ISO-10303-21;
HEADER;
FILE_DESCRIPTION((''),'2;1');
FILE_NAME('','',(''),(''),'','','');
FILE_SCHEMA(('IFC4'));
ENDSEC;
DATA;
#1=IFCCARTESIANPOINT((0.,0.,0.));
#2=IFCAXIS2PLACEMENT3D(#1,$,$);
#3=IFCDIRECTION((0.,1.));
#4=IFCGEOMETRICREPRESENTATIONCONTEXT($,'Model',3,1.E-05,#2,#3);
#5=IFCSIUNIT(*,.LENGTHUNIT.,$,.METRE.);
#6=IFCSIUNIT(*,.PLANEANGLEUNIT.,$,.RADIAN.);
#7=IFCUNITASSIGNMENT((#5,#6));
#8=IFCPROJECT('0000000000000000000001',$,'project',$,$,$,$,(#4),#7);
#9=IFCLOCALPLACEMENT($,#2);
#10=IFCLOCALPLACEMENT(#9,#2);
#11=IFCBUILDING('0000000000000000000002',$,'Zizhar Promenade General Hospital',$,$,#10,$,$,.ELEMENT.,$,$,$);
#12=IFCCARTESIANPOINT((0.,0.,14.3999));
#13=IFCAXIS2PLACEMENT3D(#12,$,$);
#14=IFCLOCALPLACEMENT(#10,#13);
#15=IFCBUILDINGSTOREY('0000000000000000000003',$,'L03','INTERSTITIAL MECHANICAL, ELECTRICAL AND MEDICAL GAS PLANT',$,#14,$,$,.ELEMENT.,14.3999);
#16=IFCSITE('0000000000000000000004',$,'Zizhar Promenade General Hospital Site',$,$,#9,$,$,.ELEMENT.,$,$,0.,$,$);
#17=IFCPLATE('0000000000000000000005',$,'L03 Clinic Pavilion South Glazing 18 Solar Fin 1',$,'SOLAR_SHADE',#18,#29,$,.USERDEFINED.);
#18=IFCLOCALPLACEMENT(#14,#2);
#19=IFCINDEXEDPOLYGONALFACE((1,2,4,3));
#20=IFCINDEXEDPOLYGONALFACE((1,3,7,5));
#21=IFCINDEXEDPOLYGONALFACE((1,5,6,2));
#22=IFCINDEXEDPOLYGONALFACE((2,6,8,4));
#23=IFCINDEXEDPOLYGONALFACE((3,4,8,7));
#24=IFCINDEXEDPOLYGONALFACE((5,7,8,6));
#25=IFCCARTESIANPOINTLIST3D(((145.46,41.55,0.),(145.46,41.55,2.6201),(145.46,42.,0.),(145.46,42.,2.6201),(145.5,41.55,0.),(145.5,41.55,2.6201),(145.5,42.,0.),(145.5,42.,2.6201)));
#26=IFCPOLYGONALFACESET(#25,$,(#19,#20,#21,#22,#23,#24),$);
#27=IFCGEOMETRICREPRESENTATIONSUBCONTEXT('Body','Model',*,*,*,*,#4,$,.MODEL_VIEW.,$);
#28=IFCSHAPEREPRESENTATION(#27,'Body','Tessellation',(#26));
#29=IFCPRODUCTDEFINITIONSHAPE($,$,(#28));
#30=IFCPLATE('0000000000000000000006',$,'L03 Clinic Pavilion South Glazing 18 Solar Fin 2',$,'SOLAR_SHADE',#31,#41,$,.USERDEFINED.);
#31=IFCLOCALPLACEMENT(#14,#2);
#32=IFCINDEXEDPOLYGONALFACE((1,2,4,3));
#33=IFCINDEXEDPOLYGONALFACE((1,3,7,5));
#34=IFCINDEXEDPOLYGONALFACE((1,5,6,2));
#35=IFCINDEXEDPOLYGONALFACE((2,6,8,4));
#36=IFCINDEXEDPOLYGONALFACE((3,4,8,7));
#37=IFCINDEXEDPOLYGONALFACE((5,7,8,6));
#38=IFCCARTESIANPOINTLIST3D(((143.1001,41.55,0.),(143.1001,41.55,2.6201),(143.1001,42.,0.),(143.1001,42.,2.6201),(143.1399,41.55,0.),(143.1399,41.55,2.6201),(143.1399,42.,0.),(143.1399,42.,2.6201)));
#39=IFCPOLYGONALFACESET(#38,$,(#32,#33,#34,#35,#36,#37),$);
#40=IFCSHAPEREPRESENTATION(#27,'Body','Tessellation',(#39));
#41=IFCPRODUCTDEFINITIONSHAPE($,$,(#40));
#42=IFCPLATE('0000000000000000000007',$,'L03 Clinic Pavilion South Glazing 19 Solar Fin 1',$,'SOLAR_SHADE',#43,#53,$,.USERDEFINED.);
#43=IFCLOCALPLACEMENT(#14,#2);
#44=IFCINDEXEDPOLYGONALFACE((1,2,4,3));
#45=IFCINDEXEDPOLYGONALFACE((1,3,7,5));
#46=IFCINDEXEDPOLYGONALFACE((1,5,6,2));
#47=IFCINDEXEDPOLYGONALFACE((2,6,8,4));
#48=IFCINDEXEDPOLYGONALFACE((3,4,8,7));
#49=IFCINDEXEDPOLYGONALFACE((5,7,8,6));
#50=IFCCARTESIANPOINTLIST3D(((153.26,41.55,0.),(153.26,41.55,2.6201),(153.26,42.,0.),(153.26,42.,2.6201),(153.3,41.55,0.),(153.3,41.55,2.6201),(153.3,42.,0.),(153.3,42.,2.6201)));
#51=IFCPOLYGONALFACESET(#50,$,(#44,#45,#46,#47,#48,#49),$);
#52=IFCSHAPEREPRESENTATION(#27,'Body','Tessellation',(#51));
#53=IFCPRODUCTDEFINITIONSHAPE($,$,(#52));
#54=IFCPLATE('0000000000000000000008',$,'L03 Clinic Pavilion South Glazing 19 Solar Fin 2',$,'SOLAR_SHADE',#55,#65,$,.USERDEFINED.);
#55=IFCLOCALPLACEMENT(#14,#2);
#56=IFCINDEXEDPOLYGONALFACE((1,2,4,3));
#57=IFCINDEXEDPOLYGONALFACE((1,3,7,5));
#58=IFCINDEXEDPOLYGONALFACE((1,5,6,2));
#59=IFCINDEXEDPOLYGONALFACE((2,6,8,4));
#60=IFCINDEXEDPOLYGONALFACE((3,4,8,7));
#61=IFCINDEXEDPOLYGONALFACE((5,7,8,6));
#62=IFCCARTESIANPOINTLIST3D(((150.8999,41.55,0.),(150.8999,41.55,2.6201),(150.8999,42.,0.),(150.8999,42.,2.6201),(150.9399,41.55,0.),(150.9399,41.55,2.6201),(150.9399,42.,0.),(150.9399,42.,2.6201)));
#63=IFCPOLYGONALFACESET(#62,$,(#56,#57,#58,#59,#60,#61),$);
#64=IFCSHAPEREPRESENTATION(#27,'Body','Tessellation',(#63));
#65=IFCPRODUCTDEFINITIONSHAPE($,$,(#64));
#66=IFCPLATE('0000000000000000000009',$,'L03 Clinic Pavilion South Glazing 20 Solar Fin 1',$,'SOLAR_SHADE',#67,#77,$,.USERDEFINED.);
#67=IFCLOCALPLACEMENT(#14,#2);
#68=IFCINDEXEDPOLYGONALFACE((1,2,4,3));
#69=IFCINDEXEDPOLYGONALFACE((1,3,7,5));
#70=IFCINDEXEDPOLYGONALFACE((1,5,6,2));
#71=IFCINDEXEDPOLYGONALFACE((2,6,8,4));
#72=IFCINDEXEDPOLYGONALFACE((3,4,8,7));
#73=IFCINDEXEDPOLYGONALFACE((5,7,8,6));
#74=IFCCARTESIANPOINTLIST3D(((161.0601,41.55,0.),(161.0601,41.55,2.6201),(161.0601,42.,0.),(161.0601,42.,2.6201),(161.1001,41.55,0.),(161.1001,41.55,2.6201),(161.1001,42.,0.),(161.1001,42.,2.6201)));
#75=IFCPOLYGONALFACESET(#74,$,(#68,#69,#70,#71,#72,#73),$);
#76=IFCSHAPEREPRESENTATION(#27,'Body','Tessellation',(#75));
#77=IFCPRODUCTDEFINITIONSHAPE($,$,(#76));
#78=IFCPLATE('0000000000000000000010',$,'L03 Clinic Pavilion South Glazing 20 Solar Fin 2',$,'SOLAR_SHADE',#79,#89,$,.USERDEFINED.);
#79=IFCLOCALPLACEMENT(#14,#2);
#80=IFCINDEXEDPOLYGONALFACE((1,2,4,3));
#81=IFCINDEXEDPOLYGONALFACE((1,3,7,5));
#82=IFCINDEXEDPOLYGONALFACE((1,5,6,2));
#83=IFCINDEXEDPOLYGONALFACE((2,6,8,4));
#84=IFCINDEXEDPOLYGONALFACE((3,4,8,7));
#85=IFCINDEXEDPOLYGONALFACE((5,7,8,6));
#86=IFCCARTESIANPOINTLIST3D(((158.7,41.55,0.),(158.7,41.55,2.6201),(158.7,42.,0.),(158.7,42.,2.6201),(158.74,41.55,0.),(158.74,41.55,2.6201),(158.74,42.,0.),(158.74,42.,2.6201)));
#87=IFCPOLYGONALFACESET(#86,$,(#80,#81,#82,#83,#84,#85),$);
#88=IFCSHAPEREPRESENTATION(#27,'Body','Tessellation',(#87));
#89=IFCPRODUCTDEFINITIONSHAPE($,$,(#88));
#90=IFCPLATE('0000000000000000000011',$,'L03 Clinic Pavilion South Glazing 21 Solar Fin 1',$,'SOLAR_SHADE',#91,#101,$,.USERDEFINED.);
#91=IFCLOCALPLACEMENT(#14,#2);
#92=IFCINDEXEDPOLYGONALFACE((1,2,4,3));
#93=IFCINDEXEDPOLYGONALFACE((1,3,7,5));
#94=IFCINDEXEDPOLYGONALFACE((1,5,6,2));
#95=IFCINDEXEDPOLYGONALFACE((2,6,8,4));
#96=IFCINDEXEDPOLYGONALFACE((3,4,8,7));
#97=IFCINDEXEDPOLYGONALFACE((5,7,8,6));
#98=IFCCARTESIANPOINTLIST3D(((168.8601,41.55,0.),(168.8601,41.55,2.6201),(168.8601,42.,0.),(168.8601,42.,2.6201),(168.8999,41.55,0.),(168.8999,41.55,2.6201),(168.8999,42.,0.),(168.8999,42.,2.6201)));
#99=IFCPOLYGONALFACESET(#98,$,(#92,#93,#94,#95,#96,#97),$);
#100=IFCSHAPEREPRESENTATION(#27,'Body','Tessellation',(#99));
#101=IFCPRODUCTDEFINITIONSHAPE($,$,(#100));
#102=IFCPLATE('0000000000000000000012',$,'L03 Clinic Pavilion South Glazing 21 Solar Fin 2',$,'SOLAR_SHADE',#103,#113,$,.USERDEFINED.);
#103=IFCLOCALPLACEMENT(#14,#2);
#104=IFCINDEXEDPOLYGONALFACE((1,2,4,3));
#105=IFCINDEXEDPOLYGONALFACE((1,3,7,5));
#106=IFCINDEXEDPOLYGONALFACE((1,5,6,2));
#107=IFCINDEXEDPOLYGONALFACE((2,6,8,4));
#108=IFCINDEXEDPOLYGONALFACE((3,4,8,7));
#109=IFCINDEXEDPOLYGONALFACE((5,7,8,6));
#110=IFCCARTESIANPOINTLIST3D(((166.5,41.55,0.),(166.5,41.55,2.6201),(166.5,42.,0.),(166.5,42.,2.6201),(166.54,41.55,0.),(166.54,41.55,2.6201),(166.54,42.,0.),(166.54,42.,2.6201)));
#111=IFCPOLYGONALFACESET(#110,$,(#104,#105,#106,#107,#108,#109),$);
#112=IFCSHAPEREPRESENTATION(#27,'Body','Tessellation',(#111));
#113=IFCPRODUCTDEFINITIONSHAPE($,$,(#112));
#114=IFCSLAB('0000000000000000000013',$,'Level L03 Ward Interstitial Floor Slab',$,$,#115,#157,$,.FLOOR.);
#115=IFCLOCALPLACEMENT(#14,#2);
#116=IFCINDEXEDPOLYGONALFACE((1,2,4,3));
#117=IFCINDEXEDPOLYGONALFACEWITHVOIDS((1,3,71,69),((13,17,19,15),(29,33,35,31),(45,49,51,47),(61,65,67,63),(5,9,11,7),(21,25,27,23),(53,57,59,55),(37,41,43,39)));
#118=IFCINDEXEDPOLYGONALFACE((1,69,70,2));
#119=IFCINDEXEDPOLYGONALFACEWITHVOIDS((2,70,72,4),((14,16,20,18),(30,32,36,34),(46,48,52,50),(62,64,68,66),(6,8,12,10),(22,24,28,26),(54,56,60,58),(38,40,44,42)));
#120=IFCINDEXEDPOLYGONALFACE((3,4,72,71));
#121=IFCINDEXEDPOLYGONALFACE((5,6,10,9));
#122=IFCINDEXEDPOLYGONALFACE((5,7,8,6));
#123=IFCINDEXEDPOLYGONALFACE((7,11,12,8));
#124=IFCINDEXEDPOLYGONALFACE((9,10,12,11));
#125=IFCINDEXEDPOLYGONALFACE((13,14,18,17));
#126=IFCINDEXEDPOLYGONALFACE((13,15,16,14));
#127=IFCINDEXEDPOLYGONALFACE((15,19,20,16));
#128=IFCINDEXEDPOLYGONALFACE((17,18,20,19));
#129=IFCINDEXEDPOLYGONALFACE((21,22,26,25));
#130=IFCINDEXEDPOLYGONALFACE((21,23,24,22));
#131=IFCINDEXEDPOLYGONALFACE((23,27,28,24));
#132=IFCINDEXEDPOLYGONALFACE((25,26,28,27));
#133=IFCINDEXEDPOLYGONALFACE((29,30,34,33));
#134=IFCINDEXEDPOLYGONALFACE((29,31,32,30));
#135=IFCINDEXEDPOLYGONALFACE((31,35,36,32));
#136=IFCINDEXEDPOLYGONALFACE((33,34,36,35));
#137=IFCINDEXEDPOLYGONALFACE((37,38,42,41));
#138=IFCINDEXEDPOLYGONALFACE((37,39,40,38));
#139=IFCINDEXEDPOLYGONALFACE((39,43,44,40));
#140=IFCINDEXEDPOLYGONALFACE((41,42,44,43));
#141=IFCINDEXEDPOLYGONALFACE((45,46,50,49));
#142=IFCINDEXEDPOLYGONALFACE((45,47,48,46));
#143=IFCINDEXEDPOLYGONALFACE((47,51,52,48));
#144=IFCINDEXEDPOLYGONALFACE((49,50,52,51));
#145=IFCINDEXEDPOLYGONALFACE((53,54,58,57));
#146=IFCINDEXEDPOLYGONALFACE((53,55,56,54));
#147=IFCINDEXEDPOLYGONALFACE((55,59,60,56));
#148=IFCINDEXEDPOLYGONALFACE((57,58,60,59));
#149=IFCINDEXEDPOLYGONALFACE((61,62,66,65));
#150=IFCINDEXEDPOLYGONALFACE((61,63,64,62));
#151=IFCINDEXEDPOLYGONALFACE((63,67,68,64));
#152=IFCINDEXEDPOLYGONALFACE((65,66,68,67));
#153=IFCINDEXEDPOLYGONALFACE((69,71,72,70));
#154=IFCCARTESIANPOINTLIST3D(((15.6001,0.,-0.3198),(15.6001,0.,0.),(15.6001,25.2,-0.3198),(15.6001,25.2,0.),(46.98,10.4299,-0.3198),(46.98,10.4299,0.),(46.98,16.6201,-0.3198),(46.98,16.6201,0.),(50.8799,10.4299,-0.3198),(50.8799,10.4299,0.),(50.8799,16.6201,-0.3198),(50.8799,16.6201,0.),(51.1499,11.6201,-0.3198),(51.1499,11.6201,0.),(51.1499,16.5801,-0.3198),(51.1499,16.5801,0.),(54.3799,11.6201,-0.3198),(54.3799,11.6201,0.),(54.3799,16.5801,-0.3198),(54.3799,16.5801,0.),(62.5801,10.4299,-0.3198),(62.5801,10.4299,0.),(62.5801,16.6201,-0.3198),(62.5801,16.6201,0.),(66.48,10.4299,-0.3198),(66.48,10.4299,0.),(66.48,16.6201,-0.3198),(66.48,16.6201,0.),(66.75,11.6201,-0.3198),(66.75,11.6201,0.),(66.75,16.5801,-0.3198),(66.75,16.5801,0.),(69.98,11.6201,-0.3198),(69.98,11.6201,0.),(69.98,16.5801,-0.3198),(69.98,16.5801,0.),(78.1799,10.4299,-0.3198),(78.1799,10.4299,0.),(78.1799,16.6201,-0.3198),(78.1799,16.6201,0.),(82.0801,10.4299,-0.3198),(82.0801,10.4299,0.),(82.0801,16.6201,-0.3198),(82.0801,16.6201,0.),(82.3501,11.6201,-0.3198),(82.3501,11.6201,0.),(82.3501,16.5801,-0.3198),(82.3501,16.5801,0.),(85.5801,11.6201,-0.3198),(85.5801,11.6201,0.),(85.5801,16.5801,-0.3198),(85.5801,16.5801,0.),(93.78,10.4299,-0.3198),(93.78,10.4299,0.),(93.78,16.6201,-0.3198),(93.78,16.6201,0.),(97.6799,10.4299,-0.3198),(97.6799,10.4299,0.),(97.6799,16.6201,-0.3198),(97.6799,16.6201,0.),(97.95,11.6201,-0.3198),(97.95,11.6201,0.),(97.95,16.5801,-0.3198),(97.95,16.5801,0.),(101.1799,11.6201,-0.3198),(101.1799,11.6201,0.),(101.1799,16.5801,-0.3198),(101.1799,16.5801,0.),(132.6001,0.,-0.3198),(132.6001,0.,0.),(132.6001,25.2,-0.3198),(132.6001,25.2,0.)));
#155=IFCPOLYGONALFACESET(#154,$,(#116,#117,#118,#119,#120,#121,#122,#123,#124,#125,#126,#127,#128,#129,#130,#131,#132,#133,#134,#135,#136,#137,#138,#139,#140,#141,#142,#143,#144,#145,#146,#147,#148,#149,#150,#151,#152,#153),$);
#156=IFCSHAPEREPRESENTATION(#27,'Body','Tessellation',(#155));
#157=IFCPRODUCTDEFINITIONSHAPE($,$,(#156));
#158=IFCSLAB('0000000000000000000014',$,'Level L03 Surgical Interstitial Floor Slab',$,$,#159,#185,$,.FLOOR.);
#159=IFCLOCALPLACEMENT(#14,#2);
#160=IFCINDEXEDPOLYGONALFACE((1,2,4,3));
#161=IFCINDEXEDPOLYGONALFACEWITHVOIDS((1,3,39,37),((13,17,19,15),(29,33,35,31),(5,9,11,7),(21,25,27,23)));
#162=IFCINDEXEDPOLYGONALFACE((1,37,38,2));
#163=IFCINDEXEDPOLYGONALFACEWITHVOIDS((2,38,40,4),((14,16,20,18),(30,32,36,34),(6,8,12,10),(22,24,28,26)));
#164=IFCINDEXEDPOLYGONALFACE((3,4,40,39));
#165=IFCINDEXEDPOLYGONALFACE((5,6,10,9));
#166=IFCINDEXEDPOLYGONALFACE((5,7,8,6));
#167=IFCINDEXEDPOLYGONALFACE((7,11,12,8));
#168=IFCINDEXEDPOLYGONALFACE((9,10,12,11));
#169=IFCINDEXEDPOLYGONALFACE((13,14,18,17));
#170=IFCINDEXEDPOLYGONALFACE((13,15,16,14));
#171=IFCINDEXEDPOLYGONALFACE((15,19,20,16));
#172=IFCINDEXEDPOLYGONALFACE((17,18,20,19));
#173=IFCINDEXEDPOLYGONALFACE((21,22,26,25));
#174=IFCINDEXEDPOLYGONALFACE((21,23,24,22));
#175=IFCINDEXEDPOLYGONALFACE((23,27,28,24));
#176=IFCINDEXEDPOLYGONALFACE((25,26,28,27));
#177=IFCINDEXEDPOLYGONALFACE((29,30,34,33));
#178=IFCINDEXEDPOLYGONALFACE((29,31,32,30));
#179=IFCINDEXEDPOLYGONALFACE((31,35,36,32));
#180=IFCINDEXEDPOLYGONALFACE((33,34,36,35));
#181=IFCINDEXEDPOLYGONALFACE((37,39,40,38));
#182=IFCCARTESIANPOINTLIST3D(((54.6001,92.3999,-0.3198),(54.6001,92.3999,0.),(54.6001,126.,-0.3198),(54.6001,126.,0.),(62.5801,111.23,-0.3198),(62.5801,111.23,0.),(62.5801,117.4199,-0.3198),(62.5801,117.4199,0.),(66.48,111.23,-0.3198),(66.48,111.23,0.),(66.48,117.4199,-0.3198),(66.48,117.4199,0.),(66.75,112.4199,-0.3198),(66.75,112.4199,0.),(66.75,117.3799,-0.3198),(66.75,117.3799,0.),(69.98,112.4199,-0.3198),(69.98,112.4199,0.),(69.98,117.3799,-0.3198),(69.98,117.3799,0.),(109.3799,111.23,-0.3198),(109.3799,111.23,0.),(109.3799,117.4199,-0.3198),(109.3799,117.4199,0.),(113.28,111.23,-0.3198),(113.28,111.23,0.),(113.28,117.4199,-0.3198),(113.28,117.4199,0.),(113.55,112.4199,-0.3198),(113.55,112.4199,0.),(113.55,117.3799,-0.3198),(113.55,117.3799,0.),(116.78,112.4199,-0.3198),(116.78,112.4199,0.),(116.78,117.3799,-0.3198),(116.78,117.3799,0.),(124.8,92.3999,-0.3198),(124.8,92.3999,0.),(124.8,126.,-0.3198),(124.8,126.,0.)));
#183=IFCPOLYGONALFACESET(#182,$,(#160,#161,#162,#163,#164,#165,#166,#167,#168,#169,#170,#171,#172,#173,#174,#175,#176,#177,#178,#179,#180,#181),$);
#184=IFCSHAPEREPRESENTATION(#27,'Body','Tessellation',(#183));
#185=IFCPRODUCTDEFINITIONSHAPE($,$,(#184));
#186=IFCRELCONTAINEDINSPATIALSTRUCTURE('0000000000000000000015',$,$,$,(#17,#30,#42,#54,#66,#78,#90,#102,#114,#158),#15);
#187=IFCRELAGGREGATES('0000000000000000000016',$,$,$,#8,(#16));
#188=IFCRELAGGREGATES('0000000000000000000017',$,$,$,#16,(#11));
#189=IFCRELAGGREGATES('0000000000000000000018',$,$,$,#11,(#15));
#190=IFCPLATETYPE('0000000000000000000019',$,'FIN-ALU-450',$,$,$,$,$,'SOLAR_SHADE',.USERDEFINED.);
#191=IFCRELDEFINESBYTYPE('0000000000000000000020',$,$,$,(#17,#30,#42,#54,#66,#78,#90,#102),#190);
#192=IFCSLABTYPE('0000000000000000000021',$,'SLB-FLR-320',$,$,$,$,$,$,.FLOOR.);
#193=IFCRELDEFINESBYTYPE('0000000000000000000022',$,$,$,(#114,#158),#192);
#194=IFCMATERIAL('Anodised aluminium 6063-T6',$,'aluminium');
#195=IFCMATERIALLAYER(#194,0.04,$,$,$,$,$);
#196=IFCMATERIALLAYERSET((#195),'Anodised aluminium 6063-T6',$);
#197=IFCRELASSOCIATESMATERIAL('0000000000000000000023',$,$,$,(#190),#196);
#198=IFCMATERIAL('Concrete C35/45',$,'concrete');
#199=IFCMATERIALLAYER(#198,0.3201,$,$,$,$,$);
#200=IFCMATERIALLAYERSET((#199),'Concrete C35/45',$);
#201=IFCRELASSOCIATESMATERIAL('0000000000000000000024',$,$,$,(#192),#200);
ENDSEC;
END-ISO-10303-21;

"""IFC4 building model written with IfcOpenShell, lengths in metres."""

from ifc_helpers import new_model, si_unit, direction, frame, origin, place, context, subcontext, project, spatial, polyline, outline, extrude, material, layer, layer_set, type_object, element, save


model = new_model("IFC4")

# Units and contexts
model_context = context("Model", 3, precision=1e-05, world=origin(), true_north=direction((0.0, 1.0)))
body_context = subcontext(model_context, "Body", "Model", "MODEL_VIEW")
ifc_project = project(units=[si_unit("LENGTHUNIT", "METRE"), si_unit("PLANEANGLEUNIT", "RADIAN")], contexts=[model_context])

# Site, building, storey
site_placement = place(None, origin())
site = spatial("IfcSite", under=ifc_project, at=site_placement, Name="Zizhar Promenade General Hospital Site", CompositionType="ELEMENT", RefElevation=0.0)
building_placement = place(site_placement, origin())
building = spatial("IfcBuilding", under=site, at=building_placement, Name="Zizhar Promenade General Hospital", CompositionType="ELEMENT")
storey_placement = place(building_placement, frame((0.0, 0.0, 14.3999)))
storey = spatial("IfcBuildingStorey", under=building, at=storey_placement, Name="L03", Description="INTERSTITIAL MECHANICAL, ELECTRICAL AND MEDICAL GAS PLANT", CompositionType="ELEMENT", Elevation=14.3999)

# Plates
ifc_material_1 = material(Name="Anodised aluminium 6063-T6", Category="aluminium")
ifc_layer_1 = layer(ifc_material_1, 0.04)
ifc_layer_set_1 = layer_set([ifc_layer_1], Name="Anodised aluminium 6063-T6")
plate_type = type_object("IfcPlateType", Name="FIN-ALU-450", ElementType="SOLAR_SHADE", PredefinedType="USERDEFINED", material=ifc_layer_set_1)
plate_1_placement = place(storey_placement, origin())
element("IfcPlate", 1, at=plate_1_placement, inside=storey, type_object=plate_type, Name="L03 Clinic Pavilion South Glazing 18 Solar Fin 1", ObjectType="SOLAR_SHADE", PredefinedType="USERDEFINED", context=body_context, shape_type="SweptSolid", body=[
    extrude(outline(polyline([(145.5, 42.0), (145.46, 42.0), (145.46, 41.55), (145.5, 41.55), (145.5, 42.0)])), origin(), (0.0, 0.0, 1.0), 2.6201),
])
plate_2_placement = place(storey_placement, origin())
element("IfcPlate", 2, at=plate_2_placement, inside=storey, type_object=plate_type, Name="L03 Clinic Pavilion South Glazing 18 Solar Fin 2", ObjectType="SOLAR_SHADE", PredefinedType="USERDEFINED", context=body_context, shape_type="SweptSolid", body=[
    extrude(outline(polyline([(143.1399, 42.0), (143.1001, 42.0), (143.1001, 41.55), (143.1399, 41.55), (143.1399, 42.0)])), origin(), (0.0, 0.0, 1.0), 2.6201),
])
plate_3_placement = place(storey_placement, origin())
element("IfcPlate", 3, at=plate_3_placement, inside=storey, type_object=plate_type, Name="L03 Clinic Pavilion South Glazing 19 Solar Fin 1", ObjectType="SOLAR_SHADE", PredefinedType="USERDEFINED", context=body_context, shape_type="SweptSolid", body=[
    extrude(outline(polyline([(153.3, 42.0), (153.26, 42.0), (153.26, 41.55), (153.3, 41.55), (153.3, 42.0)])), origin(), (0.0, 0.0, 1.0), 2.6201),
])
plate_4_placement = place(storey_placement, origin())
element("IfcPlate", 4, at=plate_4_placement, inside=storey, type_object=plate_type, Name="L03 Clinic Pavilion South Glazing 19 Solar Fin 2", ObjectType="SOLAR_SHADE", PredefinedType="USERDEFINED", context=body_context, shape_type="SweptSolid", body=[
    extrude(outline(polyline([(150.9399, 42.0), (150.8999, 42.0), (150.8999, 41.55), (150.9399, 41.55), (150.9399, 42.0)])), origin(), (0.0, 0.0, 1.0), 2.6201),
])
plate_5_placement = place(storey_placement, origin())
element("IfcPlate", 5, at=plate_5_placement, inside=storey, type_object=plate_type, Name="L03 Clinic Pavilion South Glazing 20 Solar Fin 1", ObjectType="SOLAR_SHADE", PredefinedType="USERDEFINED", context=body_context, shape_type="SweptSolid", body=[
    extrude(outline(polyline([(161.1001, 42.0), (161.0601, 42.0), (161.0601, 41.55), (161.1001, 41.55), (161.1001, 42.0)])), origin(), (0.0, 0.0, 1.0), 2.6201),
])
plate_6_placement = place(storey_placement, origin())
element("IfcPlate", 6, at=plate_6_placement, inside=storey, type_object=plate_type, Name="L03 Clinic Pavilion South Glazing 20 Solar Fin 2", ObjectType="SOLAR_SHADE", PredefinedType="USERDEFINED", context=body_context, shape_type="SweptSolid", body=[
    extrude(outline(polyline([(158.74, 42.0), (158.7, 42.0), (158.7, 41.55), (158.74, 41.55), (158.74, 42.0)])), origin(), (0.0, 0.0, 1.0), 2.6201),
])
plate_7_placement = place(storey_placement, origin())
element("IfcPlate", 7, at=plate_7_placement, inside=storey, type_object=plate_type, Name="L03 Clinic Pavilion South Glazing 21 Solar Fin 1", ObjectType="SOLAR_SHADE", PredefinedType="USERDEFINED", context=body_context, shape_type="SweptSolid", body=[
    extrude(outline(polyline([(168.8999, 42.0), (168.8601, 42.0), (168.8601, 41.55), (168.8999, 41.55), (168.8999, 42.0)])), origin(), (0.0, 0.0, 1.0), 2.6201),
])
plate_8_placement = place(storey_placement, origin())
element("IfcPlate", 8, at=plate_8_placement, inside=storey, type_object=plate_type, Name="L03 Clinic Pavilion South Glazing 21 Solar Fin 2", ObjectType="SOLAR_SHADE", PredefinedType="USERDEFINED", context=body_context, shape_type="SweptSolid", body=[
    extrude(outline(polyline([(166.54, 42.0), (166.5, 42.0), (166.5, 41.55), (166.54, 41.55), (166.54, 42.0)])), origin(), (0.0, 0.0, 1.0), 2.6201),
])

# Slabs
ifc_material_2 = material(Name="Concrete C35/45", Category="concrete")
ifc_layer_2 = layer(ifc_material_2, 0.3201)
ifc_layer_set_2 = layer_set([ifc_layer_2], Name="Concrete C35/45")
slab_type_1 = type_object("IfcSlabType", Name="SLB-FLR-320", PredefinedType="FLOOR", material=ifc_layer_set_2)
slab_1_placement = place(storey_placement, frame((0.0, 0.0, -0.3198)))
element("IfcSlab", 9, at=slab_1_placement, inside=storey, type_object=slab_type_1, Name="Level L03 Ward Interstitial Floor Slab", PredefinedType="FLOOR", context=body_context, shape_type="SweptSolid", body=[
    extrude(outline(polyline([(15.6001, 0.0), (132.6001, 0.0), (132.6001, 25.2), (15.6001, 25.2), (15.6001, 0.0)]), holes=[polyline([(46.98, 10.4299), (46.98, 16.6201), (50.8799, 16.6201), (50.8799, 10.4299), (46.98, 10.4299)]), polyline([(51.1499, 11.6201), (51.1499, 16.5801), (54.3799, 16.5801), (54.3799, 11.6201), (51.1499, 11.6201)]), polyline([(62.5801, 10.4299), (62.5801, 16.6201), (66.48, 16.6201), (66.48, 10.4299), (62.5801, 10.4299)]), polyline([(66.75, 11.6201), (66.75, 16.5801), (69.98, 16.5801), (69.98, 11.6201), (66.75, 11.6201)]), polyline([(78.1799, 10.4299), (78.1799, 16.6201), (82.0801, 16.6201), (82.0801, 10.4299), (78.1799, 10.4299)]), polyline([(82.3501, 11.6201), (82.3501, 16.5801), (85.5801, 16.5801), (85.5801, 11.6201), (82.3501, 11.6201)]), polyline([(93.78, 10.4299), (93.78, 16.6201), (97.6799, 16.6201), (97.6799, 10.4299), (93.78, 10.4299)]), polyline([(97.95, 11.6201), (97.95, 16.5801), (101.1799, 16.5801), (101.1799, 11.6201), (97.95, 11.6201)])]), origin(), (0.0, 0.0, 1.0), 0.3198),
])
slab_2_placement = place(storey_placement, frame((0.0, 0.0, -0.3198)))
element("IfcSlab", 10, at=slab_2_placement, inside=storey, type_object=slab_type_1, Name="Level L03 Surgical Interstitial Floor Slab", PredefinedType="FLOOR", context=body_context, shape_type="SweptSolid", body=[
    extrude(outline(polyline([(54.6001, 92.3999), (124.8, 92.3999), (124.8, 126.0), (54.6001, 126.0), (54.6001, 92.3999)]), holes=[polyline([(62.5801, 111.23), (62.5801, 117.4199), (66.48, 117.4199), (66.48, 111.23), (62.5801, 111.23)]), polyline([(66.75, 112.4199), (66.75, 117.3799), (69.98, 117.3799), (69.98, 112.4199), (66.75, 112.4199)]), polyline([(109.3799, 111.23), (109.3799, 117.4199), (113.28, 117.4199), (113.28, 111.23), (109.3799, 111.23)]), polyline([(113.55, 112.4199), (113.55, 117.3799), (116.78, 117.3799), (116.78, 112.4199), (113.55, 112.4199)])]), origin(), (0.0, 0.0, 1.0), 0.3198),
])

save(model, "model.ifc")
